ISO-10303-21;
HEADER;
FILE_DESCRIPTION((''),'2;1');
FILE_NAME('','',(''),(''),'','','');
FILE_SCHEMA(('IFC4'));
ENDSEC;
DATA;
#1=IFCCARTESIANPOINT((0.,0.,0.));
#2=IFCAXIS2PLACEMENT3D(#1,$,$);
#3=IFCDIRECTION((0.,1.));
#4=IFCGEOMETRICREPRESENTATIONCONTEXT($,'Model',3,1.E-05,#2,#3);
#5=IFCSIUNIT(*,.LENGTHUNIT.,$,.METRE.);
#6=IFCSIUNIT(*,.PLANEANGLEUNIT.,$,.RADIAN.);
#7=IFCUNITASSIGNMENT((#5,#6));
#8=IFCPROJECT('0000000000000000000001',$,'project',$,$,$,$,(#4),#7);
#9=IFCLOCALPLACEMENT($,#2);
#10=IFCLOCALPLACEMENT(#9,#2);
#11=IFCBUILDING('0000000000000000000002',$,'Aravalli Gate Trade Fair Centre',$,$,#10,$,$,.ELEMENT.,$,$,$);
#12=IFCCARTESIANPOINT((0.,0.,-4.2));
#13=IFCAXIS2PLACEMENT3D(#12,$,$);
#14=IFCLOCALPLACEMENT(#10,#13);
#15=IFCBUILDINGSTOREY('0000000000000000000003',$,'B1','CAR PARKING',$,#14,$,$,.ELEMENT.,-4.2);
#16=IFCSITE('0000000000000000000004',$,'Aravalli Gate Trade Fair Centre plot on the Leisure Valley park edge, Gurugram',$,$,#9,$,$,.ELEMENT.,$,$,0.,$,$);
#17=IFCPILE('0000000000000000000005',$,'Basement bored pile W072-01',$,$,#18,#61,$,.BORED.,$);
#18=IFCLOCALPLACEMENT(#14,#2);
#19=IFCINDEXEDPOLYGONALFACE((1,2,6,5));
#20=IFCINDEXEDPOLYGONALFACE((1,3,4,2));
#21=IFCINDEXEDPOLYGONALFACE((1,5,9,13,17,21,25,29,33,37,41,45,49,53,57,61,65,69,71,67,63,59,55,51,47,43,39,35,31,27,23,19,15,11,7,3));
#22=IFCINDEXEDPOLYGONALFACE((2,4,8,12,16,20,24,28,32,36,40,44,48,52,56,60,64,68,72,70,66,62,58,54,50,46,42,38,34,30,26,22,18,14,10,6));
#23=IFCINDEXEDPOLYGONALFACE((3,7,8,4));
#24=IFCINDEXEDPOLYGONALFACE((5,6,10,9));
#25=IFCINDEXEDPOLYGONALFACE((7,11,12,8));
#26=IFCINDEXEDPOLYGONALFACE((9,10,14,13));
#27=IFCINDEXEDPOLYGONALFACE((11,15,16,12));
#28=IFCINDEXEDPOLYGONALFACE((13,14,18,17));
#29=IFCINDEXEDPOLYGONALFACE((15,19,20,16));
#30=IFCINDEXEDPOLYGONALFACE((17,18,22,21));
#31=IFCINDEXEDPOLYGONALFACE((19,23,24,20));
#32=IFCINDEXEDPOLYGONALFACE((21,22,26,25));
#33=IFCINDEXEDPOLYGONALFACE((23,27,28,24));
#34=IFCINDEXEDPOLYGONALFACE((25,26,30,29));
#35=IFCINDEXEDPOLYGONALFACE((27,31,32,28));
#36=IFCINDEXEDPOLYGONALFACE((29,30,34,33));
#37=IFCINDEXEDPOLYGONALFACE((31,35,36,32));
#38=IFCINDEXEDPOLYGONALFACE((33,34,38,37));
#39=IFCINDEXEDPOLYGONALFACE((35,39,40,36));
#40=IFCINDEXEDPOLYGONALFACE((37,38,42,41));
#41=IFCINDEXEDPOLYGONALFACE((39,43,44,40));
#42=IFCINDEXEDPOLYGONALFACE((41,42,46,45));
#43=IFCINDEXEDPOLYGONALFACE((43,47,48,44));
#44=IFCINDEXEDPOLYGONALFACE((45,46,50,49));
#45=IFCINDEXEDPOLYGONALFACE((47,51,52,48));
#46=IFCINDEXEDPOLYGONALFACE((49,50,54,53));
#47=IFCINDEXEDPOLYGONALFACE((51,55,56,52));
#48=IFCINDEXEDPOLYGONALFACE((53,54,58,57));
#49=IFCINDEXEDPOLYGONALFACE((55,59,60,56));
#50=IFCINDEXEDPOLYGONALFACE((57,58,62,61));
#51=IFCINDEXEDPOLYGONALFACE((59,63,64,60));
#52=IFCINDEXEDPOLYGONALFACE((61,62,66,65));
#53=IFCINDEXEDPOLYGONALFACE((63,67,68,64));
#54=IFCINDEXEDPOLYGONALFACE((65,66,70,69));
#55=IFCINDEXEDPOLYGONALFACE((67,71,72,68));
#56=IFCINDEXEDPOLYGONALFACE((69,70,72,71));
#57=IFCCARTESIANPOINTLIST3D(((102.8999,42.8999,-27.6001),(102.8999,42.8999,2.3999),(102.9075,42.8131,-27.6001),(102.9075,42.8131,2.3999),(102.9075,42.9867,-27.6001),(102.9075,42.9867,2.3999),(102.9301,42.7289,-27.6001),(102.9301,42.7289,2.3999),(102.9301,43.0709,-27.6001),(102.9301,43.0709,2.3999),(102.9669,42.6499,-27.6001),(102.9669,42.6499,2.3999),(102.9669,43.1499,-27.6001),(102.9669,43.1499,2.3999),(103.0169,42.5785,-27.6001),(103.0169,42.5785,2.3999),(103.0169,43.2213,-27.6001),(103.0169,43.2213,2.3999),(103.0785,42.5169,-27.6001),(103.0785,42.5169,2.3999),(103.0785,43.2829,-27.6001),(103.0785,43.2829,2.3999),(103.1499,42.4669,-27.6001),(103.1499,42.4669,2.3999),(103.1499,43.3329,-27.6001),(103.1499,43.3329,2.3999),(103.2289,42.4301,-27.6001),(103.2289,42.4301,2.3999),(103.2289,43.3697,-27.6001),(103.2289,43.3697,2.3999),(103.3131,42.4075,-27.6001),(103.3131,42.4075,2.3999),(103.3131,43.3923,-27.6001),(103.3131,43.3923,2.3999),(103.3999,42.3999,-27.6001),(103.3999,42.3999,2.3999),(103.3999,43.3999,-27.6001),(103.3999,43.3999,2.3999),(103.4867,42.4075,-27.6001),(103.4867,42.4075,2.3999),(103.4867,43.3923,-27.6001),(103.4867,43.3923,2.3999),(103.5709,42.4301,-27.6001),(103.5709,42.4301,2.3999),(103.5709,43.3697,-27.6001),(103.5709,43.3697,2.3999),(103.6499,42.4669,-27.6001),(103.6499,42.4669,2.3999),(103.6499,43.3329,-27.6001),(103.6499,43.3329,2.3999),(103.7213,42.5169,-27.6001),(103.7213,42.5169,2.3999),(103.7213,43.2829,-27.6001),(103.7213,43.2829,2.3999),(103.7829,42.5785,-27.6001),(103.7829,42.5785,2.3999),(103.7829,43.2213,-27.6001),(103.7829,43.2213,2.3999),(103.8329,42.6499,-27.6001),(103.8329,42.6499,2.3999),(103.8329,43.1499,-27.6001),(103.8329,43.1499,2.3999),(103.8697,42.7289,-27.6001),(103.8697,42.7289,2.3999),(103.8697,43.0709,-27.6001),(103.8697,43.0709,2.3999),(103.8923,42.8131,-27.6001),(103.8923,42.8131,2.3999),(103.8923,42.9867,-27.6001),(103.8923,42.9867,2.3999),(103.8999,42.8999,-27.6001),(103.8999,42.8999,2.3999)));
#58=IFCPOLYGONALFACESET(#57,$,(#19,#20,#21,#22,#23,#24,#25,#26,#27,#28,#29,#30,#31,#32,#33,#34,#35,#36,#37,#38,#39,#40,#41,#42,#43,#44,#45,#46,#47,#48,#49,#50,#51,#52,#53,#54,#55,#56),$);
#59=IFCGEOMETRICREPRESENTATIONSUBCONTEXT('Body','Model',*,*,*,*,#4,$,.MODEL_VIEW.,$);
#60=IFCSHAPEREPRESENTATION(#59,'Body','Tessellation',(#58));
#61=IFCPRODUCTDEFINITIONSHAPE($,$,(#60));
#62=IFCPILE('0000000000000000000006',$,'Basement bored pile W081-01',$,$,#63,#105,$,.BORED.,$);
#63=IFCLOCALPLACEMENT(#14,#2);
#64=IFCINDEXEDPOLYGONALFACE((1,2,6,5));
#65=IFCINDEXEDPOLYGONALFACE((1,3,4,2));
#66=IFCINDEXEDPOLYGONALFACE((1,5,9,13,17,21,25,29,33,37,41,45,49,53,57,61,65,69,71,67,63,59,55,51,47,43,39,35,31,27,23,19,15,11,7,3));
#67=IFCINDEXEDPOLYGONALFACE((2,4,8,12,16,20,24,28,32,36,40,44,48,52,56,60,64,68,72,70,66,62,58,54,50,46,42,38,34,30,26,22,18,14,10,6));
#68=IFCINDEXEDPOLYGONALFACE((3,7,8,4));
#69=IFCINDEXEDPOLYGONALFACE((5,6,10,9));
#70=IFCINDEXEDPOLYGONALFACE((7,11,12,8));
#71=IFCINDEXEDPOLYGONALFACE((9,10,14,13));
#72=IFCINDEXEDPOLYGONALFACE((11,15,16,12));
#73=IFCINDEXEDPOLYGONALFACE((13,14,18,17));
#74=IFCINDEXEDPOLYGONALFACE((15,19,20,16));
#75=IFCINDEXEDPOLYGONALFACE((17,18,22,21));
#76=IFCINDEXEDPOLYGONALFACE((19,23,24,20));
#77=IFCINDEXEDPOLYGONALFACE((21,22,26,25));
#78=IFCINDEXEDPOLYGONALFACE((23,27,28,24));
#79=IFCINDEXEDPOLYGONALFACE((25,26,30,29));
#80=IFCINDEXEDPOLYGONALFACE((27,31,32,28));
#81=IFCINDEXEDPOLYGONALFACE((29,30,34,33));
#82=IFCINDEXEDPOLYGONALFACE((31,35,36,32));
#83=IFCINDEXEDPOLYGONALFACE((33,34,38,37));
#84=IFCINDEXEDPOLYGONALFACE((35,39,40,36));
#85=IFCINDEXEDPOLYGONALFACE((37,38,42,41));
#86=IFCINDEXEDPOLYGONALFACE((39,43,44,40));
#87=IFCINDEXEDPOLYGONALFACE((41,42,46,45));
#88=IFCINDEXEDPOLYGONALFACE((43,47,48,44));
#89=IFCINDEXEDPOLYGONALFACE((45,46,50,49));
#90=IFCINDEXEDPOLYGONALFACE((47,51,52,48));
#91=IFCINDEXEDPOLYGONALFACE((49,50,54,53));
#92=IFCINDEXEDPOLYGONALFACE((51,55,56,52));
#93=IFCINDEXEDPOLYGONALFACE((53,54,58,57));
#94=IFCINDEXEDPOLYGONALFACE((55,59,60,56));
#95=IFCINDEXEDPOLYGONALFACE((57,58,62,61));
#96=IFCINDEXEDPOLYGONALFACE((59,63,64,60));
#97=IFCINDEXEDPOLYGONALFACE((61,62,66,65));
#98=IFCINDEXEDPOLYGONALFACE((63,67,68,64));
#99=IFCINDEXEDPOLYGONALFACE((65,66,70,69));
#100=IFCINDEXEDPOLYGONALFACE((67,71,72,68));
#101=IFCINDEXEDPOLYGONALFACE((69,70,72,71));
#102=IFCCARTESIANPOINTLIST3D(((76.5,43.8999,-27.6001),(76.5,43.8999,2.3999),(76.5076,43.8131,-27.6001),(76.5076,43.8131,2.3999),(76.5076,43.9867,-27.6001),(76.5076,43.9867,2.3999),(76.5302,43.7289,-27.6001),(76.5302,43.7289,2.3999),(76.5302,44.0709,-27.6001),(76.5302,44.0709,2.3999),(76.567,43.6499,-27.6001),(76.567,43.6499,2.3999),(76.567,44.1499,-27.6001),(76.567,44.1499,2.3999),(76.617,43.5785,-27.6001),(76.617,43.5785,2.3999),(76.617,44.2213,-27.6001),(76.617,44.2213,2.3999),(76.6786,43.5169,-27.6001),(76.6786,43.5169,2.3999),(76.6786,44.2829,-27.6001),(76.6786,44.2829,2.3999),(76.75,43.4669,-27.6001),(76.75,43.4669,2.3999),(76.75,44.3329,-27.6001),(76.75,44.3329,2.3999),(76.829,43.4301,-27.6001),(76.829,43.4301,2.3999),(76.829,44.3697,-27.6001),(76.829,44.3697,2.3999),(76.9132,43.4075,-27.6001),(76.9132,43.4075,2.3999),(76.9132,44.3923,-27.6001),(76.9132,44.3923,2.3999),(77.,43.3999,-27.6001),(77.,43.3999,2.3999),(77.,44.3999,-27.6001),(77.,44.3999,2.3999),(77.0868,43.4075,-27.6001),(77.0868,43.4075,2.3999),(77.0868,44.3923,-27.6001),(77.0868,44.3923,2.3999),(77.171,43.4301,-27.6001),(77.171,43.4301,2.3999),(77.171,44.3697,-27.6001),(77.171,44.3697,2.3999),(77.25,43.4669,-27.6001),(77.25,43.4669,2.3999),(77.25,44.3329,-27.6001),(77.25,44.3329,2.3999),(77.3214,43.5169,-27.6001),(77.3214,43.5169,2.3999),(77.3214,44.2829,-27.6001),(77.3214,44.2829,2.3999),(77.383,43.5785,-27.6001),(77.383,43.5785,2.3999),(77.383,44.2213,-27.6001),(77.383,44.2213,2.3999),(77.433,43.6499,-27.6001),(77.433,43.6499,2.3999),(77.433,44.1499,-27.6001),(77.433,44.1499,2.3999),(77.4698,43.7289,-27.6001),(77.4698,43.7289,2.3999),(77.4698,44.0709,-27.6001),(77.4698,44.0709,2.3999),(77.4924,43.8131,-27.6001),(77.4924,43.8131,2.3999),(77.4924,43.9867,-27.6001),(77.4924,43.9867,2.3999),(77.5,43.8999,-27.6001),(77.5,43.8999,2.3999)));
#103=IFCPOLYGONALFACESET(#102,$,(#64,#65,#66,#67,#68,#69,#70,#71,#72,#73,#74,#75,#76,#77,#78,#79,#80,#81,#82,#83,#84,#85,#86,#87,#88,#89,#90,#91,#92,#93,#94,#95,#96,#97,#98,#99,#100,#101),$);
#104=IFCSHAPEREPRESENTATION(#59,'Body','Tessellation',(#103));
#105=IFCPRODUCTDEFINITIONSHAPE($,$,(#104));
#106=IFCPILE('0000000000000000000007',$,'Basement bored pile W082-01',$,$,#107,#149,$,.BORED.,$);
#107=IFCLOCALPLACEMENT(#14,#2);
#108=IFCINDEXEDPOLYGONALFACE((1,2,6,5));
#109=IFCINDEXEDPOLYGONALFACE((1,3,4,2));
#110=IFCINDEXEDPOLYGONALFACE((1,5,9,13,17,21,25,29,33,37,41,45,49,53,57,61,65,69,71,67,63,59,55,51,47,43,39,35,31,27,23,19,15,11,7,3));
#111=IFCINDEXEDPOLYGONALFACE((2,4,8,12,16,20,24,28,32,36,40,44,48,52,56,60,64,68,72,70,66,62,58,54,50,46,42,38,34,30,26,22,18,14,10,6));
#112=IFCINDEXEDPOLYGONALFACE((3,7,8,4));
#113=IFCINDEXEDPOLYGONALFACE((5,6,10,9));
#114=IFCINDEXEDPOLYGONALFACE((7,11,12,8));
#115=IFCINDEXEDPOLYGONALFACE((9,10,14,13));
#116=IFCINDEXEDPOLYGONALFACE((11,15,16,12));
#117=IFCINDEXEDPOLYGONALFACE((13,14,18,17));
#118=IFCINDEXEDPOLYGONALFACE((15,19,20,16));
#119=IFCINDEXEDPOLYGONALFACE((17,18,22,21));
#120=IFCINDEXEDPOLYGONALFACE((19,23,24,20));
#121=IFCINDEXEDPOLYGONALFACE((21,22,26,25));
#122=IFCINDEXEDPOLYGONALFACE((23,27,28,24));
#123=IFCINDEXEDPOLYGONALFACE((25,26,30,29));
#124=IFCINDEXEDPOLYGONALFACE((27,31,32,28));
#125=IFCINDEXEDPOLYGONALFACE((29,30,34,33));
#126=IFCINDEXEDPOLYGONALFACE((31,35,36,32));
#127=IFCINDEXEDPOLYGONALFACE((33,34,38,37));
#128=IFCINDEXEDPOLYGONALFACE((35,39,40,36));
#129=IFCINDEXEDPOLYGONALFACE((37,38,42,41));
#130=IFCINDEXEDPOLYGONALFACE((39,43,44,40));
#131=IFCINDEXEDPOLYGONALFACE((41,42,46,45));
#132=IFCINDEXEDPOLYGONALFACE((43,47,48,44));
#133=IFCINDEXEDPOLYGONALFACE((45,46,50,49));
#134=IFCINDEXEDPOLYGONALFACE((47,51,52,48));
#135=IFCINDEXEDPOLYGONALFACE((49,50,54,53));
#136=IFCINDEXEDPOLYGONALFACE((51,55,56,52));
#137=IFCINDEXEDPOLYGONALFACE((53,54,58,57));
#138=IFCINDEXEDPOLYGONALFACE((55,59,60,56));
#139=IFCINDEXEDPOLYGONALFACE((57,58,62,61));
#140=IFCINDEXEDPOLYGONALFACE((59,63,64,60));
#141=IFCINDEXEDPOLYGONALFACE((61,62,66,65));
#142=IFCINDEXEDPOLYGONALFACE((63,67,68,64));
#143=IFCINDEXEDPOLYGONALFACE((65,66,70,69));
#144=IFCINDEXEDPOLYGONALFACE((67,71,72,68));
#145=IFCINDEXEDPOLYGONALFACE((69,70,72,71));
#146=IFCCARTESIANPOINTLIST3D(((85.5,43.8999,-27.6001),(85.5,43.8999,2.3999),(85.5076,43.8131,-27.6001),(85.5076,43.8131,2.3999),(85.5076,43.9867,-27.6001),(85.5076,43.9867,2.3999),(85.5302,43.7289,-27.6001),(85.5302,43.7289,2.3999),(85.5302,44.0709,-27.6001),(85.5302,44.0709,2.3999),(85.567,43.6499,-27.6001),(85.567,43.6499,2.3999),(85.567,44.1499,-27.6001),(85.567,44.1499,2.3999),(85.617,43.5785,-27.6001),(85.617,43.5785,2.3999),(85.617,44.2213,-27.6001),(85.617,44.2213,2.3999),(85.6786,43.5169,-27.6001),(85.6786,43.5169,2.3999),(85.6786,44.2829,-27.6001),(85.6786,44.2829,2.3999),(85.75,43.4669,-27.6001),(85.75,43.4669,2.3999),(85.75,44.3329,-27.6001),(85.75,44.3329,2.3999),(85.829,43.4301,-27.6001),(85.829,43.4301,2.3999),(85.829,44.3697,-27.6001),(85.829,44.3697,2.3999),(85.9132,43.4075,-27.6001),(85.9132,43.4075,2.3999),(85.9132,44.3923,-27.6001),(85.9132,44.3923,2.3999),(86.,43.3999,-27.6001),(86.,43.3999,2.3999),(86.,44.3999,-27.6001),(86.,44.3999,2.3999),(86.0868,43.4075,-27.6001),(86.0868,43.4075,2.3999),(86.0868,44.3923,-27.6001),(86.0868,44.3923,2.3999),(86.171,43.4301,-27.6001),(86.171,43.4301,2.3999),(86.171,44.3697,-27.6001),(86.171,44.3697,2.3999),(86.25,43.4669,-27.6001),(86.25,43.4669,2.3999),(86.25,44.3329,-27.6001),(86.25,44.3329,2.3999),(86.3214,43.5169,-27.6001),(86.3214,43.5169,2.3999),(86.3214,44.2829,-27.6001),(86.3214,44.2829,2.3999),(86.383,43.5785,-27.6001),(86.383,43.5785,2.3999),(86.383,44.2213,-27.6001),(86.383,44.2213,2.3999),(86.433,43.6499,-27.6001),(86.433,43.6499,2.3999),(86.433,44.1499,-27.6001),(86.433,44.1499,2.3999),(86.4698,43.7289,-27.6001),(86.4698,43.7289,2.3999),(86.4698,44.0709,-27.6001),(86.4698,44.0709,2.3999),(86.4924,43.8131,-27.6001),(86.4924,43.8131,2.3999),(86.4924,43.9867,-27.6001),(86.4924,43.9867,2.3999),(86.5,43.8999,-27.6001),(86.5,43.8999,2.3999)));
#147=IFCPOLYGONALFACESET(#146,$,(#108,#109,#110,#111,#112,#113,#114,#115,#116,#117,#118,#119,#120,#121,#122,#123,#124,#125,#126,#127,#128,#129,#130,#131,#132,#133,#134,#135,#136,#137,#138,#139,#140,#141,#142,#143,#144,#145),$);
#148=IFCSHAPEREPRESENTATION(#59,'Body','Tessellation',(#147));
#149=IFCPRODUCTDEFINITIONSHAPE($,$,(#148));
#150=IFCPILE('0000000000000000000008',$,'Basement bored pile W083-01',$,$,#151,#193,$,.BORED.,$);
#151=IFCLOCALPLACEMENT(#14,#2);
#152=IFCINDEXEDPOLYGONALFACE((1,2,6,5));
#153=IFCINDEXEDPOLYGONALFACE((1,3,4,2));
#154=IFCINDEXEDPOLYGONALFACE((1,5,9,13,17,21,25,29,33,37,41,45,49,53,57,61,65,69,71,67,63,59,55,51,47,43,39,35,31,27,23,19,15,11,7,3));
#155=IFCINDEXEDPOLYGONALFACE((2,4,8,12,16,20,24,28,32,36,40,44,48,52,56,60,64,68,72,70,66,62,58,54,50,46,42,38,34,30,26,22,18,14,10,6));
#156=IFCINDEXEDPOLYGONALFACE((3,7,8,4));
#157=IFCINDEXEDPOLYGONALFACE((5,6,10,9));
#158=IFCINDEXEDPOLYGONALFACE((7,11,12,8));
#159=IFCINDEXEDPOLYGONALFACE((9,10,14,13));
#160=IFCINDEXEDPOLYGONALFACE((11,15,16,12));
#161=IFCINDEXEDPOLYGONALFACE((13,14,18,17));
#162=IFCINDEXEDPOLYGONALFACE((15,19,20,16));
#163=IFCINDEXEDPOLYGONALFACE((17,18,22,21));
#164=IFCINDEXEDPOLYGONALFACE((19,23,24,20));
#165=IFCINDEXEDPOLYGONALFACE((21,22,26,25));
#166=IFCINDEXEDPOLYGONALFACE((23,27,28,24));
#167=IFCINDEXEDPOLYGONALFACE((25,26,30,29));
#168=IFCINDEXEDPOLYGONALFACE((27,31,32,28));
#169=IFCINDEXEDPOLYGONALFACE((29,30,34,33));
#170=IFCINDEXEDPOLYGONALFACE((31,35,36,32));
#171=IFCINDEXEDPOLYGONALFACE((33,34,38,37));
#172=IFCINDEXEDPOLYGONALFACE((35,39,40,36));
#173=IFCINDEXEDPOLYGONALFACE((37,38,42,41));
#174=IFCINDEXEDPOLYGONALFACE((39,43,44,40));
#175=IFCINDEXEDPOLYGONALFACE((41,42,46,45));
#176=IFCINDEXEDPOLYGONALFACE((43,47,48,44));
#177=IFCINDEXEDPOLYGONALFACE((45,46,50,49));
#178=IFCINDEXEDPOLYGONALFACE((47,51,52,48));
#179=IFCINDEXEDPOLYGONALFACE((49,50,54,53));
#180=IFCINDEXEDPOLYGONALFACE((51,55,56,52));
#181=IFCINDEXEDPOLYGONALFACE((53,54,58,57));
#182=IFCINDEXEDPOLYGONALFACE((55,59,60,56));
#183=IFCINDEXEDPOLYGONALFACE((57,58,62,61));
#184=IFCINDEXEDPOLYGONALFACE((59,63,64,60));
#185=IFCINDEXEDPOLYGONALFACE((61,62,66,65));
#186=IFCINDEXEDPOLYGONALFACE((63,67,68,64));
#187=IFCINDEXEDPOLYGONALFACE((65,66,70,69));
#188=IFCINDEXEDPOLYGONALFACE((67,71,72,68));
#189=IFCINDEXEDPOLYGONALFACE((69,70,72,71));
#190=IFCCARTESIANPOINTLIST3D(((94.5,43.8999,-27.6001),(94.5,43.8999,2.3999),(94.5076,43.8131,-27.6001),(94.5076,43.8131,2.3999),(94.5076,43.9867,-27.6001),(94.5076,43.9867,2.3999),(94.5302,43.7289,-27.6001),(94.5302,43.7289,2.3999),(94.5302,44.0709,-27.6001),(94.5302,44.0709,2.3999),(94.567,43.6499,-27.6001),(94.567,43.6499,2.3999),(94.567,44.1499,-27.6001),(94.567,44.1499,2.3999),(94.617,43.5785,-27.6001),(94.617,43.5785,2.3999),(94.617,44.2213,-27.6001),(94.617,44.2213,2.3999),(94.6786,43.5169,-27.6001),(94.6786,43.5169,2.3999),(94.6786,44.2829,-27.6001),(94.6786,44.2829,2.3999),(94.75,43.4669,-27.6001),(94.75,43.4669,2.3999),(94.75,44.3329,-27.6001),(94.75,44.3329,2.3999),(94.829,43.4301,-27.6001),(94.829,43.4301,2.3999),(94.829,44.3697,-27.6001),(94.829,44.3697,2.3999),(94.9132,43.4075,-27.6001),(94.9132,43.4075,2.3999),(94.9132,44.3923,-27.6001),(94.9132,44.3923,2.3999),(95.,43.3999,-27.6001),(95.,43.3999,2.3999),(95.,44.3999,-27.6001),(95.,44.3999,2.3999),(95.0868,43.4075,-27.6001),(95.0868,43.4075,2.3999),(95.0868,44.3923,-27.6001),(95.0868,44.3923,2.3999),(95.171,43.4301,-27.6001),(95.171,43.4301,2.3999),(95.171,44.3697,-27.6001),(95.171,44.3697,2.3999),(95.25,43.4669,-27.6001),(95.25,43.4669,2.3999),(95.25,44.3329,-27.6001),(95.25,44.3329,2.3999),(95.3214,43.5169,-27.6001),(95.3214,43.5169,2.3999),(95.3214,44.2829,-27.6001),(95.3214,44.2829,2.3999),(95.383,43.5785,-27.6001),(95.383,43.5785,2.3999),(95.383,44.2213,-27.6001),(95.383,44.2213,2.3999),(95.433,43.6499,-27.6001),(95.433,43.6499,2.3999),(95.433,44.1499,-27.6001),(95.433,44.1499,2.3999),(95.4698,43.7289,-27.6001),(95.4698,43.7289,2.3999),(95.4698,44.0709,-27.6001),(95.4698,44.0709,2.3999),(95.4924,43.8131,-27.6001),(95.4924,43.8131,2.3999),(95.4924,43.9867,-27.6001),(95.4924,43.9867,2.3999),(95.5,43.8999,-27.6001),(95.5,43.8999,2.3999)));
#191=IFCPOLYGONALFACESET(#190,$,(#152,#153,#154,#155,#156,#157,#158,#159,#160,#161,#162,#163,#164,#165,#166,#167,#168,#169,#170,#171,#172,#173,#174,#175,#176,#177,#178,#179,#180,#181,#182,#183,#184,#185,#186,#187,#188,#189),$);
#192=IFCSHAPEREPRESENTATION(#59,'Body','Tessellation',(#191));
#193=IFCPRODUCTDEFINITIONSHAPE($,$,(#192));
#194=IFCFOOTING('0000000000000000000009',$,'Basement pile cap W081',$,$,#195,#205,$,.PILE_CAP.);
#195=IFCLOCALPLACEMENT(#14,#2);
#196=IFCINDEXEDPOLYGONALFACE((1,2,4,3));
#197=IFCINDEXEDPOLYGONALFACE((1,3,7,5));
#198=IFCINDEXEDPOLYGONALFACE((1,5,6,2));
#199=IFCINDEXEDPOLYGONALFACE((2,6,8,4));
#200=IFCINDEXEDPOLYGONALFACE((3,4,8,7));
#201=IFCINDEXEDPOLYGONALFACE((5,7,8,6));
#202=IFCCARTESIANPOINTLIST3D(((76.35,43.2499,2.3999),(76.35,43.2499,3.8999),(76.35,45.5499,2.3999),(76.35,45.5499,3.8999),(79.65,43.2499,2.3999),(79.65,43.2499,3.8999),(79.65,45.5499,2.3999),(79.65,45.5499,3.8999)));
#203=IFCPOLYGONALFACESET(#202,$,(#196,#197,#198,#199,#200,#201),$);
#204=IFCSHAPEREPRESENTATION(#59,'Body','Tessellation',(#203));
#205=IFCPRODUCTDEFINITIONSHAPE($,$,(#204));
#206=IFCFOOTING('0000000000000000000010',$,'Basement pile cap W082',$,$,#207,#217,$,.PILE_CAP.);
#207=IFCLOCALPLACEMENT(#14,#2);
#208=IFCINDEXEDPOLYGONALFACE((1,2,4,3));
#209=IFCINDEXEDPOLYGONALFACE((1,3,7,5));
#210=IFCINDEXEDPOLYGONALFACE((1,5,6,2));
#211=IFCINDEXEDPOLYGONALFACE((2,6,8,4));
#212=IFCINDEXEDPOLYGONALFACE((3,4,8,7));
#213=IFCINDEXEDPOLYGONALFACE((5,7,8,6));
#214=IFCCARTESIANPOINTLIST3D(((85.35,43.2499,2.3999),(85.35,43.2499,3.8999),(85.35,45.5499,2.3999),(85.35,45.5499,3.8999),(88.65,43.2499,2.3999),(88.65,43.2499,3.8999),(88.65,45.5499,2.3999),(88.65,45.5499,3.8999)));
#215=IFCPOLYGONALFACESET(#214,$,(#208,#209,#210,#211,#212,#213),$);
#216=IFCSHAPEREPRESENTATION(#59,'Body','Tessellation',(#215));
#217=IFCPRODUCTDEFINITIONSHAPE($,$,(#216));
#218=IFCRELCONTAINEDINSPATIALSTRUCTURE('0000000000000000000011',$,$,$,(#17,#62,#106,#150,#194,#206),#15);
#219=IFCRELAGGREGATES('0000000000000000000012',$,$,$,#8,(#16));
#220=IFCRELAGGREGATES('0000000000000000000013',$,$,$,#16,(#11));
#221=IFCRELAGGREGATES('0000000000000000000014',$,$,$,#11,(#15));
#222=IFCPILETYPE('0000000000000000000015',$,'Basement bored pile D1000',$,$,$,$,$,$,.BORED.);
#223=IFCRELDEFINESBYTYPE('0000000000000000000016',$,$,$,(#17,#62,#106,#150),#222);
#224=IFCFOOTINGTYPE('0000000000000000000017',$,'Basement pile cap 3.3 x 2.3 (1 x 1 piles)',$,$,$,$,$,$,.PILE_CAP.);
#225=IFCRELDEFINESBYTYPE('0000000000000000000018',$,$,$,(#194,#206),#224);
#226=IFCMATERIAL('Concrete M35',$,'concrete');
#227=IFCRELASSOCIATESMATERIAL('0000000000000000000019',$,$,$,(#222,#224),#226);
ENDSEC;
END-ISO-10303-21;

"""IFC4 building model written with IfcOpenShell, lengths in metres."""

from ifc_helpers import new_model, si_unit, direction, frame, origin, origin_2d, place, context, subcontext, project, spatial, rectangle, circle, extrude, material, material_profile, profile_set, type_object, element, save


model = new_model("IFC4")

# Units and contexts
model_context = context("Model", 3, precision=1e-05, world=origin(), true_north=direction((0.0, 1.0)))
body_context = subcontext(model_context, "Body", "Model", "MODEL_VIEW")
ifc_project = project(units=[si_unit("LENGTHUNIT", "METRE"), si_unit("PLANEANGLEUNIT", "RADIAN")], contexts=[model_context])

# Site, building, storey
site_placement = place(None, origin())
site = spatial("IfcSite", under=ifc_project, at=site_placement, Name="Aravalli Gate Trade Fair Centre plot on the Leisure Valley park edge, Gurugram", CompositionType="ELEMENT", RefElevation=0.0)
building_placement = place(site_placement, origin())
building = spatial("IfcBuilding", under=site, at=building_placement, Name="Aravalli Gate Trade Fair Centre", CompositionType="ELEMENT")
storey_placement = place(building_placement, frame((0.0, 0.0, -4.2)))
storey = spatial("IfcBuildingStorey", under=building, at=storey_placement, Name="B1", Description="CAR PARKING", CompositionType="ELEMENT", Elevation=-4.2)

# Piles
ifc_material_1 = material(Name="Concrete M35", Category="concrete")
ifc_material_profile = material_profile(ifc_material_1, circle(Radius=0.5, at=origin_2d()), Name="D1000")
ifc_profile_set = profile_set([ifc_material_profile], Name="Concrete M35")
pile_type = type_object("IfcPileType", Name="Basement bored pile D1000", PredefinedType="BORED", material=ifc_profile_set)
for number, where, z_axis, x_axis, name in (
    (1, (103.3999, 42.8999, 2.3999), (0.0, 0.0, -1.0), (1.0, 0.0, 0.0), "Basement bored pile W072-01"),
    (2, (77.0, 43.8999, 2.3999), (0.0, 0.0, -1.0), (1.0, 0.0, 0.0), "Basement bored pile W081-01"),
    (3, (86.0, 43.8999, 2.3999), (0.0, 0.0, -1.0), (1.0, 0.0, 0.0), "Basement bored pile W082-01"),
    (4, (95.0, 43.8999, 2.3999), (0.0, 0.0, -1.0), (1.0, 0.0, 0.0), "Basement bored pile W083-01"),
):
    element("IfcPile", number, at=place(storey_placement, frame(where, z_axis=z_axis, x_axis=x_axis)), inside=storey, type_object=pile_type, Name=name, PredefinedType="BORED", context=body_context, shape_type="SweptSolid", body=[
        extrude(circle(Radius=0.5, at=origin_2d()), origin(), (0.0, 0.0, 1.0), 30.0),
    ])

# Footings
footing_type = type_object("IfcFootingType", Name="Basement pile cap 3.3 x 2.3 (1 x 1 piles)", PredefinedType="PILE_CAP", material=ifc_material_1)
for number, where, z_axis, x_axis, name in (
    (5, (78.0, 44.3999, 2.3999), (0.0, 0.0, 1.0), (1.0, 0.0, 0.0), "Basement pile cap W081"),
    (6, (87.0, 44.3999, 2.3999), (0.0, 0.0, 1.0), (1.0, 0.0, 0.0), "Basement pile cap W082"),
):
    element("IfcFooting", number, at=place(storey_placement, frame(where, z_axis=z_axis, x_axis=x_axis)), inside=storey, type_object=footing_type, Name=name, PredefinedType="PILE_CAP", context=body_context, shape_type="SweptSolid", body=[
        extrude(rectangle(XDim=3.3, YDim=2.3, at=origin_2d()), origin(), (0.0, 0.0, 1.0), 1.5),
    ])

save(model, "model.ifc")
